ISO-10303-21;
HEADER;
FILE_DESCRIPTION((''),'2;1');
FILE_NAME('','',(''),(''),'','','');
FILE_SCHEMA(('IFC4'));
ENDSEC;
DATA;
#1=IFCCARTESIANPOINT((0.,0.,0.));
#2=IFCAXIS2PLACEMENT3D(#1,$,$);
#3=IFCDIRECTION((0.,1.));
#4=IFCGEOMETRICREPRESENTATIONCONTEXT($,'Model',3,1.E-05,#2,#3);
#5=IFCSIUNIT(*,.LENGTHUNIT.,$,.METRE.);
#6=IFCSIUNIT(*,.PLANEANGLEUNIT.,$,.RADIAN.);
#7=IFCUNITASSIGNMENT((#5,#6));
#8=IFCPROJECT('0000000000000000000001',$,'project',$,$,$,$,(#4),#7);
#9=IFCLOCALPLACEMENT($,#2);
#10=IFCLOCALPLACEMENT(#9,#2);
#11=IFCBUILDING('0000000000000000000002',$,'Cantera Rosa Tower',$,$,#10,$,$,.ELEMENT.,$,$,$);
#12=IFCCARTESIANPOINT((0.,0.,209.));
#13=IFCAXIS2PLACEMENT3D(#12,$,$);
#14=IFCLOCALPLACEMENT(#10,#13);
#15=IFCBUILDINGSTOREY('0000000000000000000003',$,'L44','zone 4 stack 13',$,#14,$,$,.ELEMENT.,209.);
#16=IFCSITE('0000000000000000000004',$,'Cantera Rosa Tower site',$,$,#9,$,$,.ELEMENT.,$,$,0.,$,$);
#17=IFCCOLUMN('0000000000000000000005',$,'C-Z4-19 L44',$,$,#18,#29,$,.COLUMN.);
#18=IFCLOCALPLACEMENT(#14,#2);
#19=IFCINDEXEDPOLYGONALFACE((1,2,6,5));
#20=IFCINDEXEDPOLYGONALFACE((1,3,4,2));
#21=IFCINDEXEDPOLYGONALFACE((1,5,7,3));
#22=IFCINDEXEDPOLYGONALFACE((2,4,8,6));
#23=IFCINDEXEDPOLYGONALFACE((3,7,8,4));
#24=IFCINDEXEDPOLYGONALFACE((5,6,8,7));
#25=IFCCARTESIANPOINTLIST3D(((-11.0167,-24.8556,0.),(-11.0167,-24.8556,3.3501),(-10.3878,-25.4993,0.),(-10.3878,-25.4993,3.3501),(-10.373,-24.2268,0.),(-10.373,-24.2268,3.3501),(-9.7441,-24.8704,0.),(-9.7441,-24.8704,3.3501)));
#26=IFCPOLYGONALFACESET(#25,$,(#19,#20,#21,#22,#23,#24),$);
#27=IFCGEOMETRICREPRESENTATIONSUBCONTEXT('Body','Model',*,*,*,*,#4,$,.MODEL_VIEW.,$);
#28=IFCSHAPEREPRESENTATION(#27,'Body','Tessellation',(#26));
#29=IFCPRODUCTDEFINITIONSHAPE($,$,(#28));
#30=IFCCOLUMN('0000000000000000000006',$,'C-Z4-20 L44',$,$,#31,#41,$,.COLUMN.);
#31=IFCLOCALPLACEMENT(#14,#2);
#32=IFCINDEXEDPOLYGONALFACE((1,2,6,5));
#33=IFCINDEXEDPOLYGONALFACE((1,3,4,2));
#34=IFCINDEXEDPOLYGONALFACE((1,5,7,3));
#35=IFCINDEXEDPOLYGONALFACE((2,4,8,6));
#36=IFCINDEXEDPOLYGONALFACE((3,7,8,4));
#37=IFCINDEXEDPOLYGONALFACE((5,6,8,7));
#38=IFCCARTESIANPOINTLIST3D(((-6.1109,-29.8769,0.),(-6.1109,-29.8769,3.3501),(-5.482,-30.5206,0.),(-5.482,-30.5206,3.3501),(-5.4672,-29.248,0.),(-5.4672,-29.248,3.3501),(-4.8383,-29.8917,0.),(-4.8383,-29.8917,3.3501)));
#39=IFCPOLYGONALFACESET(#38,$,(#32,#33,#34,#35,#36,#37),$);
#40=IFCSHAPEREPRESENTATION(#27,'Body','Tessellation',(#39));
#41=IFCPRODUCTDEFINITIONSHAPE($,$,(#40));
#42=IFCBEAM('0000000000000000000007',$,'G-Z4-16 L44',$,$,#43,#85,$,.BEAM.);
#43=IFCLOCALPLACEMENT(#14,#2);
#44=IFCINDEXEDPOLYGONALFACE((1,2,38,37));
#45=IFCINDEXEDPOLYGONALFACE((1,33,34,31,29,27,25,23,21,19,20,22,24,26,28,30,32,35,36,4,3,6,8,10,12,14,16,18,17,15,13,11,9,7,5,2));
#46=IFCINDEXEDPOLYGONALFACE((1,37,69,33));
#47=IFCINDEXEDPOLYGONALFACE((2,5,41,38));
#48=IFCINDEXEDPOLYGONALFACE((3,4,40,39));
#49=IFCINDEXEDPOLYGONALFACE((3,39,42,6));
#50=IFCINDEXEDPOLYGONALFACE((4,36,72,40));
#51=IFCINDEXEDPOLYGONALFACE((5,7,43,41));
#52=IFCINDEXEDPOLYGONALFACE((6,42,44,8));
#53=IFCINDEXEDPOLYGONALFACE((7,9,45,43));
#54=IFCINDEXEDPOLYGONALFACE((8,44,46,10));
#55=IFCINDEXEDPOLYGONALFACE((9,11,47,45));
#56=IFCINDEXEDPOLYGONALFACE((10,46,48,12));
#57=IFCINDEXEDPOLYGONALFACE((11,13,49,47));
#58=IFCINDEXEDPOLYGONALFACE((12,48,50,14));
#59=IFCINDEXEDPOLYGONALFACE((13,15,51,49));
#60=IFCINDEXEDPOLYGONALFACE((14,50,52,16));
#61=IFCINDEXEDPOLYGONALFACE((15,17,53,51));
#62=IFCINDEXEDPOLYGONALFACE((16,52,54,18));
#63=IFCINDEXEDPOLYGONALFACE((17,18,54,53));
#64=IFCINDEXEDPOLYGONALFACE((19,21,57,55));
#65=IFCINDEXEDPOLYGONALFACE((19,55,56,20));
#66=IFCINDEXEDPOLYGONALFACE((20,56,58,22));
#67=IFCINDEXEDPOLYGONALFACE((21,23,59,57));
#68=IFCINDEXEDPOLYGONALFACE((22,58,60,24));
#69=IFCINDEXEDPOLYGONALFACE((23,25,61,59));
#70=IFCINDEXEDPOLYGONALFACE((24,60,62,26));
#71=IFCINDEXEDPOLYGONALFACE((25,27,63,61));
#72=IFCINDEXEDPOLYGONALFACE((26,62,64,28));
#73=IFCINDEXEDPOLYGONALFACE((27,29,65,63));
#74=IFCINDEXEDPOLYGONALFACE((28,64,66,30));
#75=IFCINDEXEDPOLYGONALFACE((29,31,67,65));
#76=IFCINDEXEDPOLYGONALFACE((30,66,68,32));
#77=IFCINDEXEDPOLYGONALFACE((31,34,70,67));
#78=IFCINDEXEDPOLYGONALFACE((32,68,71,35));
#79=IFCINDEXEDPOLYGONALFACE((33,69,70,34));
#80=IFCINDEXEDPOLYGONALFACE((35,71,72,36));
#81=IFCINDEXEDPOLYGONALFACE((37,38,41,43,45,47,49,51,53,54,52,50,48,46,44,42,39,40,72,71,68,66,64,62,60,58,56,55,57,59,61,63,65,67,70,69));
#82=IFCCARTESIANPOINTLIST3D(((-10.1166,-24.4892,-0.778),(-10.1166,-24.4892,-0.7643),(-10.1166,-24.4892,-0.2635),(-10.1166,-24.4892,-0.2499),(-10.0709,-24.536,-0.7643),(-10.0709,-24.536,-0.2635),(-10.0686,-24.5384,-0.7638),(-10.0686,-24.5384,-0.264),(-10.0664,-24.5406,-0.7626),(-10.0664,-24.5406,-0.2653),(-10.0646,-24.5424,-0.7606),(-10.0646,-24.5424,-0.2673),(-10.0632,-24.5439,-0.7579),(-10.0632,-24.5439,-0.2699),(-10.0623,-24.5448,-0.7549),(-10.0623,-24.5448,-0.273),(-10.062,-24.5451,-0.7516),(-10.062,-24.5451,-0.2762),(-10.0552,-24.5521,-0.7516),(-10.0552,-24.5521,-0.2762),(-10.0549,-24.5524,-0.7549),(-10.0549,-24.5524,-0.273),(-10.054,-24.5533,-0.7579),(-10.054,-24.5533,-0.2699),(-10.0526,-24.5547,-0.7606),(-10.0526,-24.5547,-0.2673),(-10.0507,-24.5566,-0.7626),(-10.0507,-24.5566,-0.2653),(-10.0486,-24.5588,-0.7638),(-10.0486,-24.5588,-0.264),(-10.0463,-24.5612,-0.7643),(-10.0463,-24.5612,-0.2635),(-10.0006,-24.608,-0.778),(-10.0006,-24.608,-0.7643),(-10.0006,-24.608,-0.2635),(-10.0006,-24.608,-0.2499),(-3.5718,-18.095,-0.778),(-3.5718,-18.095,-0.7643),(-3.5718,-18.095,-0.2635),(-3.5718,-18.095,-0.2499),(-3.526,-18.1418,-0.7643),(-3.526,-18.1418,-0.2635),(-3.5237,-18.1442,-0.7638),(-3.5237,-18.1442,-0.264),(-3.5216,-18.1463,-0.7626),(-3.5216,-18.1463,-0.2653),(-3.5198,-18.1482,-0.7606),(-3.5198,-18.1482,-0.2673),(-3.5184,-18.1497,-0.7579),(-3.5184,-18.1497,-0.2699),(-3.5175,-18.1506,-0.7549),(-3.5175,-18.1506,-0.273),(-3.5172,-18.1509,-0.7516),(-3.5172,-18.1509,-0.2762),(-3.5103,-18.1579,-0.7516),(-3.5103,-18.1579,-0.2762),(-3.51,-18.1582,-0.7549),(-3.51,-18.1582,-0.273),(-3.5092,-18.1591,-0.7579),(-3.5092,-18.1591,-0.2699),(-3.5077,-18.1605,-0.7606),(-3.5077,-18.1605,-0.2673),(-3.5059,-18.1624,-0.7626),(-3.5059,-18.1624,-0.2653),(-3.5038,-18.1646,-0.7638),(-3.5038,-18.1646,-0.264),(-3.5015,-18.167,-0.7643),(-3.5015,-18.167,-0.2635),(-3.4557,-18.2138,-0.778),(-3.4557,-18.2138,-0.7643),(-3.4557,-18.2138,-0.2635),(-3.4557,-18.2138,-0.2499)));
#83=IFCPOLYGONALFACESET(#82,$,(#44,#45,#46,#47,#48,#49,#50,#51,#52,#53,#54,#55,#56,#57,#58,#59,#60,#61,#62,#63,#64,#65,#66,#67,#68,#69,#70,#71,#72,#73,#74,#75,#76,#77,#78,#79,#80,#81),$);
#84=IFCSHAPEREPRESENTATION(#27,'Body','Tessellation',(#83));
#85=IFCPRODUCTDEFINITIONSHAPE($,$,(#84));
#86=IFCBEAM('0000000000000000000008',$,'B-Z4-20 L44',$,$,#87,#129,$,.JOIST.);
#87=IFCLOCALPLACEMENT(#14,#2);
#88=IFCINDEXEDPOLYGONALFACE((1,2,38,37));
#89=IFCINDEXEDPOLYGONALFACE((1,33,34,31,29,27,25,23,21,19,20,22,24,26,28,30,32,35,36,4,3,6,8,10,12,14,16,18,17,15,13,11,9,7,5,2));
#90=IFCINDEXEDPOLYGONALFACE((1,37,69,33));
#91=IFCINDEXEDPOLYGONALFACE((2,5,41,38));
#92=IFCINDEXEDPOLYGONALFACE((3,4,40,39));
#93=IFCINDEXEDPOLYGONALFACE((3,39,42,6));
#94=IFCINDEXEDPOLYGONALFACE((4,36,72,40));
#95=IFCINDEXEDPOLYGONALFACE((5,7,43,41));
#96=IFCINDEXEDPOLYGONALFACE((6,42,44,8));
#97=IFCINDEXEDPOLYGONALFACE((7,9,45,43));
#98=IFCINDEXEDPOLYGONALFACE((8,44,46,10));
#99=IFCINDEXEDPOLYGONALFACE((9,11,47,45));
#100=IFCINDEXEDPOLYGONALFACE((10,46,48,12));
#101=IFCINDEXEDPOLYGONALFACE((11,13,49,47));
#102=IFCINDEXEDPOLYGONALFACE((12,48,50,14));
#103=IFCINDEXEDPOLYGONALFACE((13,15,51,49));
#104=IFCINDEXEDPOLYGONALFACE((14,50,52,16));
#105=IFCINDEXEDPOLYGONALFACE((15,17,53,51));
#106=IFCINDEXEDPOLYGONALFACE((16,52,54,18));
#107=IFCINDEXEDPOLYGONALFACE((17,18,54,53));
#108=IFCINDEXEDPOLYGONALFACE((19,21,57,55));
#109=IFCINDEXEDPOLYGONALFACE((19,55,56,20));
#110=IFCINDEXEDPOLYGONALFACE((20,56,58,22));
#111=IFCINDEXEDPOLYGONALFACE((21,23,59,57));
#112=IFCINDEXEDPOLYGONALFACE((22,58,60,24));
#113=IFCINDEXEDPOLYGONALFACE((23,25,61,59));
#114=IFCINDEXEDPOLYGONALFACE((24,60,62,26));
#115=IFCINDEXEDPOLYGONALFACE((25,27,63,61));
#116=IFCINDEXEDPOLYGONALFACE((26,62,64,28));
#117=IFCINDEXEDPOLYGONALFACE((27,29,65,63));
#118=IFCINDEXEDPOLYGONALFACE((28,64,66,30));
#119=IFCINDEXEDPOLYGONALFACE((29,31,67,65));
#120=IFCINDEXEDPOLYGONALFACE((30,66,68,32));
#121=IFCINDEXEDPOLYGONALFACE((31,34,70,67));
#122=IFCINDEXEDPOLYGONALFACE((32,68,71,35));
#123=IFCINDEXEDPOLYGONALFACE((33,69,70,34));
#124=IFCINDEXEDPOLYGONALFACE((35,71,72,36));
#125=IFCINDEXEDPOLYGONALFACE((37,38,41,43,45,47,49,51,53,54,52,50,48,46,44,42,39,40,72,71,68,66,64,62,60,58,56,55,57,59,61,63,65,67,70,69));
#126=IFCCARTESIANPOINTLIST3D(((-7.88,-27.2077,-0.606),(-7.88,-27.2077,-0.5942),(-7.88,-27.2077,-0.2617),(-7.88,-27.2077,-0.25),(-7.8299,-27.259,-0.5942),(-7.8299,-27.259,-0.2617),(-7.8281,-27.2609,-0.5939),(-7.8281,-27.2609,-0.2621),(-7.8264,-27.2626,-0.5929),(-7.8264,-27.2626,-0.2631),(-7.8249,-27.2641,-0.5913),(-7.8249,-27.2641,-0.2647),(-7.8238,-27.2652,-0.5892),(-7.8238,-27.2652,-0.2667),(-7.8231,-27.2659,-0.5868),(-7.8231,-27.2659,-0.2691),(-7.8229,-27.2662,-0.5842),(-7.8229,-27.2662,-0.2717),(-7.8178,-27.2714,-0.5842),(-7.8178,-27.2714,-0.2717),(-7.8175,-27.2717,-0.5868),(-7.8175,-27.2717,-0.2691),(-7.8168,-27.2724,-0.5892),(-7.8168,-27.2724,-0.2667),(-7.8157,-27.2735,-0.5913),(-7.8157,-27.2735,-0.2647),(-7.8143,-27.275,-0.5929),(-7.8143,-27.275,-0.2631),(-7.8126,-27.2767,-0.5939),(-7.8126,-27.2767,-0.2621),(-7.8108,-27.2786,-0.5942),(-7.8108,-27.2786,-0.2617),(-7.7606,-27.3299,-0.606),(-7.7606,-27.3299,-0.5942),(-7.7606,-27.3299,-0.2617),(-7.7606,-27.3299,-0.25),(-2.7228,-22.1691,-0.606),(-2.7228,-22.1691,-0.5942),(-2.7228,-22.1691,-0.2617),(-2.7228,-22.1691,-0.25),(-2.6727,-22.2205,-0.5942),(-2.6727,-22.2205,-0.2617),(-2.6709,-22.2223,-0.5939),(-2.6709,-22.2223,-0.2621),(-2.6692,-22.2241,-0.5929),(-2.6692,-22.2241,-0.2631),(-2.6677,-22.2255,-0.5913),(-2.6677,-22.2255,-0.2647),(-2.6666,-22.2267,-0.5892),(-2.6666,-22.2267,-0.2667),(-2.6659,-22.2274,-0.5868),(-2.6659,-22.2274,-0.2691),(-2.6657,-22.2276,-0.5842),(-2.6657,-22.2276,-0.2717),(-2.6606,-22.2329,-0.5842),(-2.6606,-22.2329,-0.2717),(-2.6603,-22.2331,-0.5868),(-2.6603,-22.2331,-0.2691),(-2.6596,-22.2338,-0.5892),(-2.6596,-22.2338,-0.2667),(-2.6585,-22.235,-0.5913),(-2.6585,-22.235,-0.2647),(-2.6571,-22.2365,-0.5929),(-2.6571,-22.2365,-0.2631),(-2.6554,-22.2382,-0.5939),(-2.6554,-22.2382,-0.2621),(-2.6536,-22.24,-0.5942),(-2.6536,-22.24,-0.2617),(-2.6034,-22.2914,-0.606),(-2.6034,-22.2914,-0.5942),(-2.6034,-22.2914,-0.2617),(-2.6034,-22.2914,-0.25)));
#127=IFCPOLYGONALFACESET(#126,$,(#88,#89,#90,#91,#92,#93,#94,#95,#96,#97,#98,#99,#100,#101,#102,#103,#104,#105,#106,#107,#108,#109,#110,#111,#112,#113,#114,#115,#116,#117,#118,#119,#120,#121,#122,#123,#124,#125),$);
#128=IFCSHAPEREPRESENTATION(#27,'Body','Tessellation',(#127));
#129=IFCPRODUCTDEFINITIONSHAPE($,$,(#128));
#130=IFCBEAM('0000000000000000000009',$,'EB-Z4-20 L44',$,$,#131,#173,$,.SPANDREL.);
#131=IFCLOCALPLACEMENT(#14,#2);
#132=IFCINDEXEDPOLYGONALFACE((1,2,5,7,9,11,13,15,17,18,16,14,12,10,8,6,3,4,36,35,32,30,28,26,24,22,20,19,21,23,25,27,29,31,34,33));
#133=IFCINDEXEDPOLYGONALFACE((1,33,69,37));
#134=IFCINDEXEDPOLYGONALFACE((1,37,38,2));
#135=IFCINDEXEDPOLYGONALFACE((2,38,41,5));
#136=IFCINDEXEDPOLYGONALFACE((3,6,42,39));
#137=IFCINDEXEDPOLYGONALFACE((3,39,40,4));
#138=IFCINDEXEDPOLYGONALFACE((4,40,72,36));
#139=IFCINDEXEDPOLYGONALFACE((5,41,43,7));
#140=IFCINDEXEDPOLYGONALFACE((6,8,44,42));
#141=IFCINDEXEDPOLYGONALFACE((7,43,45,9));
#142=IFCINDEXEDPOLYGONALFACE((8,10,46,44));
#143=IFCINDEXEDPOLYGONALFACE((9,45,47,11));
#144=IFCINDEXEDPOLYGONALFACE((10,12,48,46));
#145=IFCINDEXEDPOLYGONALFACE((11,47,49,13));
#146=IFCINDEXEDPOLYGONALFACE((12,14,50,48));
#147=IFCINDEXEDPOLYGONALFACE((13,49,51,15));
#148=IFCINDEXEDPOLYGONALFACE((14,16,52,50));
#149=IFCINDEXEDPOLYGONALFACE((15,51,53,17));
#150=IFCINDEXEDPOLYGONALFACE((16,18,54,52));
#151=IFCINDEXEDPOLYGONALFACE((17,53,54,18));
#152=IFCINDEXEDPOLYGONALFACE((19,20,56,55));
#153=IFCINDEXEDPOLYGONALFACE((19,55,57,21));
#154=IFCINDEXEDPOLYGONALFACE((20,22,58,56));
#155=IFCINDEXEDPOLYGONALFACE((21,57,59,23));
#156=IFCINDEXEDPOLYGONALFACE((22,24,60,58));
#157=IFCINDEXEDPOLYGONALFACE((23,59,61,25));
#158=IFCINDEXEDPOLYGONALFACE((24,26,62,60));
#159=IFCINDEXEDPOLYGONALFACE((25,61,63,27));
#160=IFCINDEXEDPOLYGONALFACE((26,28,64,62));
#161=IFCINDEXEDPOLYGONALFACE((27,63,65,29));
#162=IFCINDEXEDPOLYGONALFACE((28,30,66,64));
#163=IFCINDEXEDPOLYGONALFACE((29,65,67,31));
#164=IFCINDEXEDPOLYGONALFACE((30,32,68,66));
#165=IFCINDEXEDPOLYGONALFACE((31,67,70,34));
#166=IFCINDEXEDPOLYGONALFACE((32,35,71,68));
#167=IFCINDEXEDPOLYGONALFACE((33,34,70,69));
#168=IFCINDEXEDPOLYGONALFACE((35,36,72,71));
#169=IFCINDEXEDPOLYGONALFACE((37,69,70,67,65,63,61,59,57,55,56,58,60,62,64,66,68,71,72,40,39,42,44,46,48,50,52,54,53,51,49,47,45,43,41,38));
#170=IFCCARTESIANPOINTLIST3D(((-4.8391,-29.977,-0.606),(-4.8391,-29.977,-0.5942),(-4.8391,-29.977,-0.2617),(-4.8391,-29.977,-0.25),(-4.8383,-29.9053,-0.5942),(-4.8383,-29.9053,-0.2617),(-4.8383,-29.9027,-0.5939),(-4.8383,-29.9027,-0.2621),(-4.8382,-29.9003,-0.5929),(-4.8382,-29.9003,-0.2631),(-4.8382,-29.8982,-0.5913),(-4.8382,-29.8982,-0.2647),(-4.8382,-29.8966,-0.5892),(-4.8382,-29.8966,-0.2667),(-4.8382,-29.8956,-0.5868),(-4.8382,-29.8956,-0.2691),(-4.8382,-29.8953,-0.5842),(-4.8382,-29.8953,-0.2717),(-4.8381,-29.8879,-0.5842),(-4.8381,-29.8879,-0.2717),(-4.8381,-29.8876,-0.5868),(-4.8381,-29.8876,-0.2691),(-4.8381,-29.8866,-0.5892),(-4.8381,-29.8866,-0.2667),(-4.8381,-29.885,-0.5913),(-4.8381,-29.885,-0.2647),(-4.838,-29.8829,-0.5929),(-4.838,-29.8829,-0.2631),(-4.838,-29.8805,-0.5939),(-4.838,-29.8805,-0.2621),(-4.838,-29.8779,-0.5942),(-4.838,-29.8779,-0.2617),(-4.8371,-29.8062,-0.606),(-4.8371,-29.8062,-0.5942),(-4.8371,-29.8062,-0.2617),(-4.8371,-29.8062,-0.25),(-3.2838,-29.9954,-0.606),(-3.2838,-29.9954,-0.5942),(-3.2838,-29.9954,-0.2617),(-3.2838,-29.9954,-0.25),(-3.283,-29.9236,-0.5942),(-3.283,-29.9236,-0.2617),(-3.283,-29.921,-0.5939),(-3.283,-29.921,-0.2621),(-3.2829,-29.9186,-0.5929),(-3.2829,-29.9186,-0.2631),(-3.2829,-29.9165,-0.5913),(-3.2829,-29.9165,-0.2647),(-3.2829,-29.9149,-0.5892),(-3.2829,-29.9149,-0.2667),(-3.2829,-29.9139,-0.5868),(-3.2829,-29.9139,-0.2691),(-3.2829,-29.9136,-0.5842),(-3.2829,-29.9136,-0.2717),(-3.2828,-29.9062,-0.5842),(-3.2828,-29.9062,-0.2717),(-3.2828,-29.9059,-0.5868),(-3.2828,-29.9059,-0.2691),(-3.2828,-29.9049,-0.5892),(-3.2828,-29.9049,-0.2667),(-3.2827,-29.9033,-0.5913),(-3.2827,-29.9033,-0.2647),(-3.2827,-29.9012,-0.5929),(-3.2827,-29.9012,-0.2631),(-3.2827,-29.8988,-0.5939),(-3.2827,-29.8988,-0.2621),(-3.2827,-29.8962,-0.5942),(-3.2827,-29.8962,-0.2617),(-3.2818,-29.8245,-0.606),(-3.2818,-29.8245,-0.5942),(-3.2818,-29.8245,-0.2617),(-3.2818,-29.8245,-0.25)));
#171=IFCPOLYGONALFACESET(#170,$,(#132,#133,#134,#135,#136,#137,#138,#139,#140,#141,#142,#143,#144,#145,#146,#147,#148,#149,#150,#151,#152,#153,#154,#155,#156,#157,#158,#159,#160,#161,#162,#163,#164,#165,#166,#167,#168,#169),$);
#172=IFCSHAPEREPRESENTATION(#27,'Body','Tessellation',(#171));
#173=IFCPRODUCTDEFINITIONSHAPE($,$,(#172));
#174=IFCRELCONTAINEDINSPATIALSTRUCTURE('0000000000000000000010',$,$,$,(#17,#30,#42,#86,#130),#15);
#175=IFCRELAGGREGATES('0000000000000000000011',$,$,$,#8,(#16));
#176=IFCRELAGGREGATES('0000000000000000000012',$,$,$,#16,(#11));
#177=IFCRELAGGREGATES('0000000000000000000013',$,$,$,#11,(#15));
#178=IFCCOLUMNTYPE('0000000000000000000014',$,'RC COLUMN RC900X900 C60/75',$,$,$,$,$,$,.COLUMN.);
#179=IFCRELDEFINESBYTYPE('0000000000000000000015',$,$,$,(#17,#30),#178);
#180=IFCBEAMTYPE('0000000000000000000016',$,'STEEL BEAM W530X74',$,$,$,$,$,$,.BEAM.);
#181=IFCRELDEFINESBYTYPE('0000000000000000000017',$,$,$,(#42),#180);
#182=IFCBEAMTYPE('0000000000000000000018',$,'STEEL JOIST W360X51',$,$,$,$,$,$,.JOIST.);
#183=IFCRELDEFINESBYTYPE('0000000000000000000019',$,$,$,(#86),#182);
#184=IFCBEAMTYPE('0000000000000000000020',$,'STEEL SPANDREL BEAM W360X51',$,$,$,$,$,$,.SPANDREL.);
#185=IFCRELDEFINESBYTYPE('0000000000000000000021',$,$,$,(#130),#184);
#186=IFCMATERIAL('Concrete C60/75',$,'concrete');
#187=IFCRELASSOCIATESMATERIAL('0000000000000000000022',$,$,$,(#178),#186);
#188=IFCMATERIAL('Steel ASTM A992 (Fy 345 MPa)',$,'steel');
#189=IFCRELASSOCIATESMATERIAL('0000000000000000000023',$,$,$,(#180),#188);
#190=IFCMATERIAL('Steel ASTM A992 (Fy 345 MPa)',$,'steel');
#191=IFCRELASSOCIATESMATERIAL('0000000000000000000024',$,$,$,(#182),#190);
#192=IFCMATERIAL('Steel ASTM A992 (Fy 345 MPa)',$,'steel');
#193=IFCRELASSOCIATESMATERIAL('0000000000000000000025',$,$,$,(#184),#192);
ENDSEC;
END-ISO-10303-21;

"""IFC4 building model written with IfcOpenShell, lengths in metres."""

from ifc_helpers import new_model, si_unit, direction, frame, origin, origin_2d, place, context, subcontext, project, spatial, rectangle, i_section, extrude, material, material_profile, profile_set, type_object, element, save


model = new_model("IFC4")

# Units and contexts
model_context = context("Model", 3, precision=1e-05, world=origin(), true_north=direction((0.0, 1.0)))
body_context = subcontext(model_context, "Body", "Model", "MODEL_VIEW")
ifc_project = project(units=[si_unit("LENGTHUNIT", "METRE"), si_unit("PLANEANGLEUNIT", "RADIAN")], contexts=[model_context])

# Site, building, storey
site_placement = place(None, origin())
site = spatial("IfcSite", under=ifc_project, at=site_placement, Name="Cantera Rosa Tower site", CompositionType="ELEMENT", RefElevation=0.0)
building_placement = place(site_placement, origin())
building = spatial("IfcBuilding", under=site, at=building_placement, Name="Cantera Rosa Tower", CompositionType="ELEMENT")
storey_placement = place(building_placement, frame((0.0, 0.0, 209.0)))
storey = spatial("IfcBuildingStorey", under=building, at=storey_placement, Name="L44", Description="zone 4 stack 13", CompositionType="ELEMENT", Elevation=209.0)

# Columns
ifc_material_1 = material(Name="Concrete C60/75", Category="concrete")
ifc_material_profile_1 = material_profile(ifc_material_1, rectangle(XDim=0.8999, YDim=0.8999, at=origin_2d()), Name="RC COLUMN RC900X900 C60/75")
ifc_profile_set_1 = profile_set([ifc_material_profile_1], Name="Concrete C60/75")
column_type = type_object("IfcColumnType", Name="RC COLUMN RC900X900 C60/75", PredefinedType="COLUMN", material=ifc_profile_set_1)
for number, where, z_axis, x_axis, name in (
    (1, (-10.3804, -24.863, 0.0), (0.0, 0.0, 1.0), (0.715286, 0.698832, 0.0), "C-Z4-19 L44"),
    (2, (-5.4746, -29.8843, 0.0), (0.0, 0.0, 1.0), (0.715286, 0.698832, 0.0), "C-Z4-20 L44"),
):
    element("IfcColumn", number, at=place(storey_placement, frame(where, z_axis=z_axis, x_axis=x_axis)), inside=storey, type_object=column_type, Name=name, PredefinedType="COLUMN", context=body_context, shape_type="SweptSolid", body=[
        extrude(rectangle(XDim=0.8999, YDim=0.8999, at=origin_2d()), origin(), (0.0, 0.0, 1.0), 3.3501),
    ])

# Beams
ifc_material_2 = material(Name="Steel ASTM A992 (Fy 345 MPa)", Category="steel")
ifc_material_profile_2 = material_profile(ifc_material_2, i_section(OverallWidth=0.166, OverallDepth=0.5281, WebThickness=0.0098, FlangeThickness=0.0137, FilletRadius=0.0127, at=origin_2d()), Name="W530X74")
ifc_profile_set_2 = profile_set([ifc_material_profile_2], Name="Steel ASTM A992 (Fy 345 MPa)")
beam_type_1 = type_object("IfcBeamType", Name="STEEL BEAM W530X74", PredefinedType="BEAM", material=ifc_profile_set_2)
beam_1_placement = place(storey_placement, frame((-10.0586, -24.5486, -0.5139), z_axis=(0.71529, 0.698827, 0.0), x_axis=(-0.698827, 0.71529, 0.0)))
element("IfcBeam", 3, at=beam_1_placement, inside=storey, type_object=beam_type_1, Name="G-Z4-16 L44", PredefinedType="BEAM", context=body_context, shape_type="SweptSolid", body=[
    extrude(i_section(OverallWidth=0.166, OverallDepth=0.5281, WebThickness=0.0098, FlangeThickness=0.0137, FilletRadius=0.0127, at=origin_2d()), origin(), (0.0, 0.0, 1.0), 9.1499),
])
ifc_material_3 = material(Name="Steel ASTM A992 (Fy 345 MPa)", Category="steel")
ifc_material_profile_3 = material_profile(ifc_material_3, i_section(OverallWidth=0.1709, OverallDepth=0.356, WebThickness=0.0073, FlangeThickness=0.0117, FilletRadius=0.01, at=origin_2d()), Name="W360X51")
ifc_profile_set_3 = profile_set([ifc_material_profile_3], Name="Steel ASTM A992 (Fy 345 MPa)")
beam_type_2 = type_object("IfcBeamType", Name="STEEL JOIST W360X51", PredefinedType="JOIST", material=ifc_profile_set_3)
beam_2_placement = place(storey_placement, frame((-7.8203, -27.2688, -0.428), z_axis=(0.715287, 0.698831, 0.0), x_axis=(-0.698831, 0.715287, 0.0)))
element("IfcBeam", 4, at=beam_2_placement, inside=storey, type_object=beam_type_2, Name="B-Z4-20 L44", PredefinedType="JOIST", context=body_context, shape_type="SweptSolid", body=[
    extrude(i_section(OverallWidth=0.1709, OverallDepth=0.356, WebThickness=0.0073, FlangeThickness=0.0117, FilletRadius=0.01, at=origin_2d()), origin(), (0.0, 0.0, 1.0), 7.21),
])
ifc_material_4 = material(Name="Steel ASTM A992 (Fy 345 MPa)", Category="steel")
ifc_material_profile_4 = material_profile(ifc_material_4, i_section(OverallWidth=0.1709, OverallDepth=0.356, WebThickness=0.0073, FlangeThickness=0.0117, FilletRadius=0.01, at=origin_2d()), Name="W360X51")
ifc_profile_set_4 = profile_set([ifc_material_profile_4], Name="Steel ASTM A992 (Fy 345 MPa)")
beam_type_3 = type_object("IfcBeamType", Name="STEEL SPANDREL BEAM W360X51", PredefinedType="SPANDREL", material=ifc_profile_set_4)
beam_3_placement = place(storey_placement, frame((-4.8381, -29.8916, -0.428), z_axis=(0.999931, -0.011771, 0.0), x_axis=(0.011771, 0.999931, 0.0)))
element("IfcBeam", 5, at=beam_3_placement, inside=storey, type_object=beam_type_3, Name="EB-Z4-20 L44", PredefinedType="SPANDREL", context=body_context, shape_type="SweptSolid", body=[
    extrude(i_section(OverallWidth=0.1709, OverallDepth=0.356, WebThickness=0.0073, FlangeThickness=0.0117, FilletRadius=0.01, at=origin_2d()), origin(), (0.0, 0.0, 1.0), 1.5554),
])

save(model, "model.ifc")
